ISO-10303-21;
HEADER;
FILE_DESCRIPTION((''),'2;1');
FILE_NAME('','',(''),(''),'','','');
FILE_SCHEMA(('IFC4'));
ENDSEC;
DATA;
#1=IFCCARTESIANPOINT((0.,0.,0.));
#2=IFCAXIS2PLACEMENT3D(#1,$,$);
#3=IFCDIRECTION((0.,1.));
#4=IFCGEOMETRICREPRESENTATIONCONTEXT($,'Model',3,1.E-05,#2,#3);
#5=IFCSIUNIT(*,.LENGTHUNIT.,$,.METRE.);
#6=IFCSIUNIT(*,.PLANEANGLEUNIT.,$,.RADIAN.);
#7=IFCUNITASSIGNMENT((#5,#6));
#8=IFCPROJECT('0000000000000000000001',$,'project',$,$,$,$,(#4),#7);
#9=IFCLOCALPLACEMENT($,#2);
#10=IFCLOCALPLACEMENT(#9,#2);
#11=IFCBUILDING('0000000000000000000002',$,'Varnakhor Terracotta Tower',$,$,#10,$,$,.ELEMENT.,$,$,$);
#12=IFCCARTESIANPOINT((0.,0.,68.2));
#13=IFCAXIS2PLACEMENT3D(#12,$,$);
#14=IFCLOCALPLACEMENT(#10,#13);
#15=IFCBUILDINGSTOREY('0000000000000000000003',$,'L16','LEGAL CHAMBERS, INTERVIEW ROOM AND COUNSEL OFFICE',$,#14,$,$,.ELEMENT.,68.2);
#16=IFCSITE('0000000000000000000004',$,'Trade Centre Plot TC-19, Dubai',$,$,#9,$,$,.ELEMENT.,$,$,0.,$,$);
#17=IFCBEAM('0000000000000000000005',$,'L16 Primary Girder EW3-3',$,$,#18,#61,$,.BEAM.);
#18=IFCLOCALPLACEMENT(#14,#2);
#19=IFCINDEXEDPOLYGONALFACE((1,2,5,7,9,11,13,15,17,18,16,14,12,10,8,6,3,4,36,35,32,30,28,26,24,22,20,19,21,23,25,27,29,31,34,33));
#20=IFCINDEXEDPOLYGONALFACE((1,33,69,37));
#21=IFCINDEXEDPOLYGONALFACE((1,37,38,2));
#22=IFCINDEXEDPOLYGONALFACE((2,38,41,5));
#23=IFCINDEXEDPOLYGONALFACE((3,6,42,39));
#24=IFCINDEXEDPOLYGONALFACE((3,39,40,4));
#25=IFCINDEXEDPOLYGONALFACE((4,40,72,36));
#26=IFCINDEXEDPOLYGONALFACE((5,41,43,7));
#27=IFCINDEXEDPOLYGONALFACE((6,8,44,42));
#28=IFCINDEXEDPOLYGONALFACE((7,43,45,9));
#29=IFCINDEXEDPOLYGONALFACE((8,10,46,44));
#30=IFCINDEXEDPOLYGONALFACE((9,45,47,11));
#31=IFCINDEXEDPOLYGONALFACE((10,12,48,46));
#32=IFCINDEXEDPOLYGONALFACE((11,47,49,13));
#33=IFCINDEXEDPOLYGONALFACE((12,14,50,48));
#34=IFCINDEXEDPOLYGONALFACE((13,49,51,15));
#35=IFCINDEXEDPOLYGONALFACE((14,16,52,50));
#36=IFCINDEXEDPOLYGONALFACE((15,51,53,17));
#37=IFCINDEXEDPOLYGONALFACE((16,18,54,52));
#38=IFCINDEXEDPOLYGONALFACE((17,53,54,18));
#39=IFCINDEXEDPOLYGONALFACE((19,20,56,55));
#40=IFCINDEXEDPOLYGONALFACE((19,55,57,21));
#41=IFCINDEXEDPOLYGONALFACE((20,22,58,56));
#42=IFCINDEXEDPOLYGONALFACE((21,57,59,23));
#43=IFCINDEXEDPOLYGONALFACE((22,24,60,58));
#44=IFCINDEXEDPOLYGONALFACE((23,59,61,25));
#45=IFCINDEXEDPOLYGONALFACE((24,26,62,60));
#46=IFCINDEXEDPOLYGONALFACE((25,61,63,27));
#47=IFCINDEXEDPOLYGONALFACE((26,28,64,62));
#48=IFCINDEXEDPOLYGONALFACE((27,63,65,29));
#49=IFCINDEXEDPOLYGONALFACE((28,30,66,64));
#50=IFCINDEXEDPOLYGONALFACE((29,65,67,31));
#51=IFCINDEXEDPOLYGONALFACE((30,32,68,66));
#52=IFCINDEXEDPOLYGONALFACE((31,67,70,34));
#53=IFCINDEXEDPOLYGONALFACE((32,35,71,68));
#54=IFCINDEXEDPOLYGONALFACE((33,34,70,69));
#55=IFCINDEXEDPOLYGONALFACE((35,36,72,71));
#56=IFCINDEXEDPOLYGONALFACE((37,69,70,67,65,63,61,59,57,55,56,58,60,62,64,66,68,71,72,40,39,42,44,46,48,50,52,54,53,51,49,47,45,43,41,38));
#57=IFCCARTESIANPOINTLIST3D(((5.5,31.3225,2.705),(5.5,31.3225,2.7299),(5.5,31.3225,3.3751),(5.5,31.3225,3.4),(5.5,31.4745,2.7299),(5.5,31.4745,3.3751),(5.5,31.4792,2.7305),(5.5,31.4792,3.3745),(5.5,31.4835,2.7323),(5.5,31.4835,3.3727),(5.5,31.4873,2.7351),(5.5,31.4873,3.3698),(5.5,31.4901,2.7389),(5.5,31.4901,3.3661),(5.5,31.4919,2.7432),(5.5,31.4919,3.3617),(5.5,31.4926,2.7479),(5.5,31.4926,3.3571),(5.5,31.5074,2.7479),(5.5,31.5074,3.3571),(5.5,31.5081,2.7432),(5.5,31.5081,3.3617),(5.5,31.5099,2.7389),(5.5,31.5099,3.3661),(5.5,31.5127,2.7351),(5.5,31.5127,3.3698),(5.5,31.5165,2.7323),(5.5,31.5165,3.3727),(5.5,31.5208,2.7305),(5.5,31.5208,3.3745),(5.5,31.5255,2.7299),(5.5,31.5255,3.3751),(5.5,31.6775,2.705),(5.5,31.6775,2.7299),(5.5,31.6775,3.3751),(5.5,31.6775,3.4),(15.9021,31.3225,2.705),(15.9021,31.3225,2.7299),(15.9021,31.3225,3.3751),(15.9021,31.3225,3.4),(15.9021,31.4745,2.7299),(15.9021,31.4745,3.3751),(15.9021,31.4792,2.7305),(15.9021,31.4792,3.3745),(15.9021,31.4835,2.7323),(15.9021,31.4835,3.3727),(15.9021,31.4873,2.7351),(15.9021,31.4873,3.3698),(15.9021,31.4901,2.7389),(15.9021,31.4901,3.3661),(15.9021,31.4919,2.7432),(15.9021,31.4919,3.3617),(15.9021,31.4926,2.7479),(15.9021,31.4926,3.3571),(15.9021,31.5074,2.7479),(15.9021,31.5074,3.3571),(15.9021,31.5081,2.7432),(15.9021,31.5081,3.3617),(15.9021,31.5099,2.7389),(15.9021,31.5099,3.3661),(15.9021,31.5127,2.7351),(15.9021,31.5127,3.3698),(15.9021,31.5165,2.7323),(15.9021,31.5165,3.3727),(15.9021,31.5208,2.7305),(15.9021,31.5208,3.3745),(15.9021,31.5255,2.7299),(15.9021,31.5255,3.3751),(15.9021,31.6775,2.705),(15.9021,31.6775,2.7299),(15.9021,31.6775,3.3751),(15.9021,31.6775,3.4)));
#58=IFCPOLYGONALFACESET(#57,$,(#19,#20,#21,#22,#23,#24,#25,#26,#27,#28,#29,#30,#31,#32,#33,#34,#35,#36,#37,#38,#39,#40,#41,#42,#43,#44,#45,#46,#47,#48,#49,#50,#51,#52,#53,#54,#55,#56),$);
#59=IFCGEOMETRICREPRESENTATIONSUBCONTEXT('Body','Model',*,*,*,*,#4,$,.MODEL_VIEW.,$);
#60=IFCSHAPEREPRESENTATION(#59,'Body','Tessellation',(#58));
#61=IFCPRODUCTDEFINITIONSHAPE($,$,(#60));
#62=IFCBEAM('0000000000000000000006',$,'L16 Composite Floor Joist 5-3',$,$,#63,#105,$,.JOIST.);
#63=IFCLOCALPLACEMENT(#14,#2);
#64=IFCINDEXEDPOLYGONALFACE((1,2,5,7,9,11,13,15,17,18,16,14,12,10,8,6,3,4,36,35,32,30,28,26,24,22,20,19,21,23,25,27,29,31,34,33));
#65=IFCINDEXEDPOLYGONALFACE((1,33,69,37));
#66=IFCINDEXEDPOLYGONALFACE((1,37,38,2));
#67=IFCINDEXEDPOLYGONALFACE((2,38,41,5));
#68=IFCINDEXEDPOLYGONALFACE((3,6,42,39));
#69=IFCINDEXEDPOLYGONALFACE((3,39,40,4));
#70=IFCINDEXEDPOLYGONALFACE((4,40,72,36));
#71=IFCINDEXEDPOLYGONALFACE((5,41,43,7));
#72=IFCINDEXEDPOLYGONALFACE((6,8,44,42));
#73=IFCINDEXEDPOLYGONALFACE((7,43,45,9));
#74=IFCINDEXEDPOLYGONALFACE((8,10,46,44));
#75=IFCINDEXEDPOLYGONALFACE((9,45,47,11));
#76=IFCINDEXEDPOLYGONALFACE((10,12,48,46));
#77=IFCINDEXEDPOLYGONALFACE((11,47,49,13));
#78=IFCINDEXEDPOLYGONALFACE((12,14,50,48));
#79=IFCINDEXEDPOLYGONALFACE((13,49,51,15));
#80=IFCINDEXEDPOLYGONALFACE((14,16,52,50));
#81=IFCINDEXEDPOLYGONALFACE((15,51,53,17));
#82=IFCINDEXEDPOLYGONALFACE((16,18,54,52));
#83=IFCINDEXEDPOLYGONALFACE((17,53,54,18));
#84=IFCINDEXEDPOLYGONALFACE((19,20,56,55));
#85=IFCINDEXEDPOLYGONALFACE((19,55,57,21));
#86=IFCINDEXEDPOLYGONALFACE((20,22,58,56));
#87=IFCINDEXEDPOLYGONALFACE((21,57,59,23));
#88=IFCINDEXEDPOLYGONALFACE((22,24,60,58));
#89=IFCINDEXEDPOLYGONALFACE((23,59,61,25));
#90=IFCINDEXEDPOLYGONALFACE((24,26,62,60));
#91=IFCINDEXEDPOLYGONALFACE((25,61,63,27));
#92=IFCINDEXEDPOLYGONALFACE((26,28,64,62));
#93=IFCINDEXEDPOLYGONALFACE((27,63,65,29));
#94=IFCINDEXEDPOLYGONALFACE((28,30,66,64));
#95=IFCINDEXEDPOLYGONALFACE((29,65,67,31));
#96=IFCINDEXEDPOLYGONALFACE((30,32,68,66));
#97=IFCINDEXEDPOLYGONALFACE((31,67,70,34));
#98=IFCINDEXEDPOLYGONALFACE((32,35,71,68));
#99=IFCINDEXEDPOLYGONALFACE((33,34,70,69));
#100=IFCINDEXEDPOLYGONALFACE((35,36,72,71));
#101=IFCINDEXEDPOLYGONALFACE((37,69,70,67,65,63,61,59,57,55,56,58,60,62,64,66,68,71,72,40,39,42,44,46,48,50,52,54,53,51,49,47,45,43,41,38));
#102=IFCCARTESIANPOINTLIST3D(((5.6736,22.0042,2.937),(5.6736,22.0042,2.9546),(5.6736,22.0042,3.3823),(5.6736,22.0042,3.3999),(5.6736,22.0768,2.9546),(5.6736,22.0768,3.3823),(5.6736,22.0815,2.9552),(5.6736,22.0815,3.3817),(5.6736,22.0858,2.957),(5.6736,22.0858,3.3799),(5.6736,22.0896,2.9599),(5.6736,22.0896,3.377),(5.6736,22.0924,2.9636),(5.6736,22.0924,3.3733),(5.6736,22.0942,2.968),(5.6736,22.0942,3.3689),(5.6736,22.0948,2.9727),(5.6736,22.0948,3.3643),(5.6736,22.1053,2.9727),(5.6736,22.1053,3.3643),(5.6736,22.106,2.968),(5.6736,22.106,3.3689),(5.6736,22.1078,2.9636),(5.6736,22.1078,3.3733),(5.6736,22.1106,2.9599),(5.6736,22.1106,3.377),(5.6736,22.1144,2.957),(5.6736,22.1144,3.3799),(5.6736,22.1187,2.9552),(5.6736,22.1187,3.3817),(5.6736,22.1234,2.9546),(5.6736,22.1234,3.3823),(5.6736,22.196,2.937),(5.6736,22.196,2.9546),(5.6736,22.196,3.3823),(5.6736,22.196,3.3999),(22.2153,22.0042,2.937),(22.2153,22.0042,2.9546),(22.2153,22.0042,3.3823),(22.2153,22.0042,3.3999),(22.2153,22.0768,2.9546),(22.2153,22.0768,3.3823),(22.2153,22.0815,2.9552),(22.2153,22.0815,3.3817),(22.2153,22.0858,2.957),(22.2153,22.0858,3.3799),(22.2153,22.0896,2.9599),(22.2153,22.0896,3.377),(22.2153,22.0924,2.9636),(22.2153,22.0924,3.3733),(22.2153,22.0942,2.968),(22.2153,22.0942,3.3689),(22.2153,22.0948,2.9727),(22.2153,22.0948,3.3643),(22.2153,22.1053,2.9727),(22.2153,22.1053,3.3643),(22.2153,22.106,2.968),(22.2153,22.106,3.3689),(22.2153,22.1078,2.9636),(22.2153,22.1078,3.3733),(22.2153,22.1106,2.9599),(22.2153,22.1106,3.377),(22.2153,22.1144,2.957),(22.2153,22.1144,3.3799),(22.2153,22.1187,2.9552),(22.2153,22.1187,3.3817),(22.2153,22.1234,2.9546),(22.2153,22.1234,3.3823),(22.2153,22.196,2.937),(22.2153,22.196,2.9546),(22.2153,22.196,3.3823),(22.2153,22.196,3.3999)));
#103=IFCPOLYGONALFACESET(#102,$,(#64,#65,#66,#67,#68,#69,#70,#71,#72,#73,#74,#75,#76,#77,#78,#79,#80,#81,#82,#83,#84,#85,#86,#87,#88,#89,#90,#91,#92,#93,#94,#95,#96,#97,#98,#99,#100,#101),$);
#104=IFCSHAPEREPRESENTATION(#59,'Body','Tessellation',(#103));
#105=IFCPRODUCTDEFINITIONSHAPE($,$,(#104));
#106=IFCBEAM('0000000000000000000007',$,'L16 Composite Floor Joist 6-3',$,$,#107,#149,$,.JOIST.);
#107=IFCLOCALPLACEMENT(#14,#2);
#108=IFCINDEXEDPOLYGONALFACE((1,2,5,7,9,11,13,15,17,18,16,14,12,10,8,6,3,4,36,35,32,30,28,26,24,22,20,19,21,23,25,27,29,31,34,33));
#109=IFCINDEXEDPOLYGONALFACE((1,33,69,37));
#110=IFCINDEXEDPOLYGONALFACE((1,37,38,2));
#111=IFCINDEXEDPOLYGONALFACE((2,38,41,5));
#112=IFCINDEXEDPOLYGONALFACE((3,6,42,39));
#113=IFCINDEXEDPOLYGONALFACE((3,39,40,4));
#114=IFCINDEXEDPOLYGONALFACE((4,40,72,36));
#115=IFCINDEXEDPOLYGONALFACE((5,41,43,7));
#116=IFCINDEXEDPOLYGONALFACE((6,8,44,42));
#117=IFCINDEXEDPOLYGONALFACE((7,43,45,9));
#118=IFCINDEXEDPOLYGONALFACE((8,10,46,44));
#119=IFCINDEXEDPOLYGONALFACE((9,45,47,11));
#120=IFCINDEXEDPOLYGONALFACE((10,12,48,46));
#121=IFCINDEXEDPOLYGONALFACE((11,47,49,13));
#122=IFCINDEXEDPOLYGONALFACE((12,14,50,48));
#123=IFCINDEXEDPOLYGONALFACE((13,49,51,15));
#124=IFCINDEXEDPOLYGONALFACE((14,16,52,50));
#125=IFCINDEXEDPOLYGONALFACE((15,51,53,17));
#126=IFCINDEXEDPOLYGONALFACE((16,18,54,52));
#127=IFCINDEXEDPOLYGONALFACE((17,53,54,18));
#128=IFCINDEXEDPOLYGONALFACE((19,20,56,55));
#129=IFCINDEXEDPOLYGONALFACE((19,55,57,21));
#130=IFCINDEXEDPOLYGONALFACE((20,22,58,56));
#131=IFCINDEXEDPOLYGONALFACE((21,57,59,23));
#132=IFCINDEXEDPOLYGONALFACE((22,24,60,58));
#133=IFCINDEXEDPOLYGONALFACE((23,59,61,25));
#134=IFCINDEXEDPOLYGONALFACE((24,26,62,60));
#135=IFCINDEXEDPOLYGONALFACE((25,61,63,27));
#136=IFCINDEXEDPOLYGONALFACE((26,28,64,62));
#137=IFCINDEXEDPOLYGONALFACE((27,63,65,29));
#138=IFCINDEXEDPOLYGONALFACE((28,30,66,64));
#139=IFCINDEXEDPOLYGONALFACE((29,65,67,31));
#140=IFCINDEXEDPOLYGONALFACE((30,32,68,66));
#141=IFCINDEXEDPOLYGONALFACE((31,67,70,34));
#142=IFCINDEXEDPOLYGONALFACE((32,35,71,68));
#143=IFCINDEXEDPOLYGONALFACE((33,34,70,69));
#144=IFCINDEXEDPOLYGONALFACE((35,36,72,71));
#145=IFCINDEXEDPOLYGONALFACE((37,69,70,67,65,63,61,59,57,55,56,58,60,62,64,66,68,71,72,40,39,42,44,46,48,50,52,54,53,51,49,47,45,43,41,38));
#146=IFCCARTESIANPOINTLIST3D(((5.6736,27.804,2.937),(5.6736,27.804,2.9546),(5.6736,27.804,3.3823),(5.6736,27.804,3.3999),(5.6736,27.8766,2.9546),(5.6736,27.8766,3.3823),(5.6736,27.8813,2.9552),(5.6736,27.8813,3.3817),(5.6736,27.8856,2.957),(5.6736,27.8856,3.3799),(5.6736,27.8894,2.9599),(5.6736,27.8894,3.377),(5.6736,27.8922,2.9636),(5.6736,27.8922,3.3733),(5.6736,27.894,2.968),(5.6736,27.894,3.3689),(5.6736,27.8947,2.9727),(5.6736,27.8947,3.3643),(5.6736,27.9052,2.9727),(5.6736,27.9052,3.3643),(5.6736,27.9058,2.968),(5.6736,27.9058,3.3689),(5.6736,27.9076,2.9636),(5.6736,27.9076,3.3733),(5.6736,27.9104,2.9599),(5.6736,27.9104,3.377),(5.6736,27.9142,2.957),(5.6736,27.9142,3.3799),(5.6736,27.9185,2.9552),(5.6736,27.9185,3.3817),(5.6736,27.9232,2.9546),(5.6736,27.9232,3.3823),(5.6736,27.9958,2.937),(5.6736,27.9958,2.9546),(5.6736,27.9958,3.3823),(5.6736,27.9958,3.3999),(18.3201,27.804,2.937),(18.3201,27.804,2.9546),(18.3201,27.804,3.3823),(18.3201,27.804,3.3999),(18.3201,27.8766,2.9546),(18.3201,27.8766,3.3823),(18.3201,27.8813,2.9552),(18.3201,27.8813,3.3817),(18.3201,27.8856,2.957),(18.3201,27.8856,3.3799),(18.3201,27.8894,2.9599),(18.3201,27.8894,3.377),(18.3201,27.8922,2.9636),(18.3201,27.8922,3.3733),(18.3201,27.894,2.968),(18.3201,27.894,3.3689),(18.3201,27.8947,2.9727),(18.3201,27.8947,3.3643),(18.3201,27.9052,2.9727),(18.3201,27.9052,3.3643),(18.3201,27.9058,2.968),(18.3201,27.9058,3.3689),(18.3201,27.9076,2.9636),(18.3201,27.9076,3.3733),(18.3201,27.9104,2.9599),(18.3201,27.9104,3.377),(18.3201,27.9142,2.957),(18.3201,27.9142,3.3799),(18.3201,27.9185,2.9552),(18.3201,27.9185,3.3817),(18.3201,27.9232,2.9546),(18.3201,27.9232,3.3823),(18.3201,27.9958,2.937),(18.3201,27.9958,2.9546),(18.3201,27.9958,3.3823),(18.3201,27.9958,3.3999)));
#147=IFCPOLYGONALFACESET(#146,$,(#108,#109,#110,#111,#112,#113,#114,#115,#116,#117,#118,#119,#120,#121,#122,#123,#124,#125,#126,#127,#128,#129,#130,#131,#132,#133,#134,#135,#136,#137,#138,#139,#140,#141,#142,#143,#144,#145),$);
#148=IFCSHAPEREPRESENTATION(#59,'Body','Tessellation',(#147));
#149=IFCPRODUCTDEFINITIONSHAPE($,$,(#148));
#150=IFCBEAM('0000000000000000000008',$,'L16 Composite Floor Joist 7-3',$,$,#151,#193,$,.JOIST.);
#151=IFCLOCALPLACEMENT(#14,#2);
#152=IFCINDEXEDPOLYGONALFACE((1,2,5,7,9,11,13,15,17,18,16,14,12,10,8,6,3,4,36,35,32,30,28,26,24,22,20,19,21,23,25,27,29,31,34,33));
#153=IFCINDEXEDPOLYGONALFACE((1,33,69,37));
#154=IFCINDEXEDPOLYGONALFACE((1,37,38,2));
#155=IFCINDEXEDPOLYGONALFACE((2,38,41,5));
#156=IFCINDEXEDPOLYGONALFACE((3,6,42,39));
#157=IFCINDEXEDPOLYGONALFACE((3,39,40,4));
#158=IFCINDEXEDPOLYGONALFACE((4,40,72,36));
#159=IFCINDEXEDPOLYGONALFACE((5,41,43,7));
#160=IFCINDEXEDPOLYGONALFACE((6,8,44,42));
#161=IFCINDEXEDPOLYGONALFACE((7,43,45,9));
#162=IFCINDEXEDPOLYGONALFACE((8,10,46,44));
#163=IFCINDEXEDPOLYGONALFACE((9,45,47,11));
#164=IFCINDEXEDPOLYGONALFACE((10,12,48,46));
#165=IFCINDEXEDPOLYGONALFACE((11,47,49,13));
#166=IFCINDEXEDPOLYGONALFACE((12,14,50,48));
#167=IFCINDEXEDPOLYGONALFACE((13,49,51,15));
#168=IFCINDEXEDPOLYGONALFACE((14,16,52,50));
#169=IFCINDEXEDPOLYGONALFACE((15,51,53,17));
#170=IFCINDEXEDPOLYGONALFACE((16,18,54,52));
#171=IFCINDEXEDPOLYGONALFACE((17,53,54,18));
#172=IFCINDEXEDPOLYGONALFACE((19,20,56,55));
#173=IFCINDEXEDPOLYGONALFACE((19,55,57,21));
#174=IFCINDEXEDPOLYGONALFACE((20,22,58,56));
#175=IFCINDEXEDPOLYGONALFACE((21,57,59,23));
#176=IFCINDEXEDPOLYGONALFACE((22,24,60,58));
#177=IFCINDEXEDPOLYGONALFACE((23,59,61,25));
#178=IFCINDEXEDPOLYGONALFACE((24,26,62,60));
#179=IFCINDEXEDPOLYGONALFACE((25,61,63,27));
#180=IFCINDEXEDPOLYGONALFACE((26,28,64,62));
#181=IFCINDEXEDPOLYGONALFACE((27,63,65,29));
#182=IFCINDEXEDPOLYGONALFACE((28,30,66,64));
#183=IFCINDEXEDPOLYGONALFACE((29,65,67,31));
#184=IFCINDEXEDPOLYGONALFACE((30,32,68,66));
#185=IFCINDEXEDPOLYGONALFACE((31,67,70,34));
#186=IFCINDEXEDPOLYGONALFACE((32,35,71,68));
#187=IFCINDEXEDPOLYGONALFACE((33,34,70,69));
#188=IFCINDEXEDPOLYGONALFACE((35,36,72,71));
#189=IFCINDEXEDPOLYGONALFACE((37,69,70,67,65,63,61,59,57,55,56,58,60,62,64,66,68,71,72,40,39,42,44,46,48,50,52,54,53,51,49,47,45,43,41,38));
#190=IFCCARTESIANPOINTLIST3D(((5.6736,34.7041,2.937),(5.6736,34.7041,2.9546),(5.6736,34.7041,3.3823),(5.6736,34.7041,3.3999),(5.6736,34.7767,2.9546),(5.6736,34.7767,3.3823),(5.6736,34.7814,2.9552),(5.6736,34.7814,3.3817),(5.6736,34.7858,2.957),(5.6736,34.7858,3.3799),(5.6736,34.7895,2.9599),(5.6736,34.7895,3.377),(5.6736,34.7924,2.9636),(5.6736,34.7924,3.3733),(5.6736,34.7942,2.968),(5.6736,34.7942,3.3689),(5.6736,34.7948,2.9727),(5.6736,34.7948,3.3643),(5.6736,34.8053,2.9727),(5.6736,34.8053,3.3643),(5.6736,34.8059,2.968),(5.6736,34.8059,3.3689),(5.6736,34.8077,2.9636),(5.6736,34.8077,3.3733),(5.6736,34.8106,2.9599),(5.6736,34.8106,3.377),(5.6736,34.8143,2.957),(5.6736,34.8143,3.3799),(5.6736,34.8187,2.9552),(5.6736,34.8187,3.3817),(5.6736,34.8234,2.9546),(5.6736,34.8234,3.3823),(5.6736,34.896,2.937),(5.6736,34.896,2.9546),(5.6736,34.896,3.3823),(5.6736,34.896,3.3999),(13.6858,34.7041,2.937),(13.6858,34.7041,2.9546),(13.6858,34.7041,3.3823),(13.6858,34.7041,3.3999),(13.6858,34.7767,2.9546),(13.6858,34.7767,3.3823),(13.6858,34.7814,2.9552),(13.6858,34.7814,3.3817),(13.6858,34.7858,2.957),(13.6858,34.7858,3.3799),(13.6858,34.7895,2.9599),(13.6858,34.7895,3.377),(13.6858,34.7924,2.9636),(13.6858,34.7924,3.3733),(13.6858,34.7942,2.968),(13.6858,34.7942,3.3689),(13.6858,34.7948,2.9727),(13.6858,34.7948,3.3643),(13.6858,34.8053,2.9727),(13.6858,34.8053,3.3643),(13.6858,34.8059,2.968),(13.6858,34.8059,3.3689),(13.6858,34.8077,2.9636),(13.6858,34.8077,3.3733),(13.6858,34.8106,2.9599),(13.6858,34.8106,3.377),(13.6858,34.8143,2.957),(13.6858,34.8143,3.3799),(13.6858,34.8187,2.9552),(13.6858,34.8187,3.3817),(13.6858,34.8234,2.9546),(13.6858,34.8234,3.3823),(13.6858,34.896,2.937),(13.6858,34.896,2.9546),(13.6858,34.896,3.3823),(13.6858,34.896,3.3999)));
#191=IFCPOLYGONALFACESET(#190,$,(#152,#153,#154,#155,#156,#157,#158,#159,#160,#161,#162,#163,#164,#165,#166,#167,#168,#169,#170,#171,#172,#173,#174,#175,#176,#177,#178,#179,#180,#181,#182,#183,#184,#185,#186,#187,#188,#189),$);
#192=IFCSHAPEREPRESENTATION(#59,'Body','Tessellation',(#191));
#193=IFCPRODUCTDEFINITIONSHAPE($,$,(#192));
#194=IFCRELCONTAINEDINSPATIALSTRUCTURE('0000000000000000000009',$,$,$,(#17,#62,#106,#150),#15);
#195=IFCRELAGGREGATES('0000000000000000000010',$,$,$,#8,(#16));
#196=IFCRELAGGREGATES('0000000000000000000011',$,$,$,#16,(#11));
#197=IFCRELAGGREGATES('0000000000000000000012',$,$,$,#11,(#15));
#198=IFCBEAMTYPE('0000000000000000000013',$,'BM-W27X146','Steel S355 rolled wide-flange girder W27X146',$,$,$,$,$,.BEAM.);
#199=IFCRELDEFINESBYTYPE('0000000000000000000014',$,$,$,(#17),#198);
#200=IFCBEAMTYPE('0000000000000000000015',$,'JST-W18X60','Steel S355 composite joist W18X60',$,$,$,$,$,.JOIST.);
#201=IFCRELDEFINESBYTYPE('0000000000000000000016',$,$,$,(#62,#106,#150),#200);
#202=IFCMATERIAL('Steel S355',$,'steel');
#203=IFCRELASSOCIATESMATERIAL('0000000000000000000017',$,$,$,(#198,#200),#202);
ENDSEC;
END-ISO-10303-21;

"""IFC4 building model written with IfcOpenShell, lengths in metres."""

from ifc_helpers import new_model, si_unit, direction, frame, origin, origin_2d, place, context, subcontext, project, spatial, i_section, extrude, source, transform, mapped, material, material_profile, profile_set, type_object, element, save


model = new_model("IFC4")

# Units and contexts
model_context = context("Model", 3, precision=1e-05, world=origin(), true_north=direction((0.0, 1.0)))
body_context = subcontext(model_context, "Body", "Model", "MODEL_VIEW")
ifc_project = project(units=[si_unit("LENGTHUNIT", "METRE"), si_unit("PLANEANGLEUNIT", "RADIAN")], contexts=[model_context])

# Site, building, storey
site_placement = place(None, origin())
site = spatial("IfcSite", under=ifc_project, at=site_placement, Name="Trade Centre Plot TC-19, Dubai", CompositionType="ELEMENT", RefElevation=0.0)
building_placement = place(site_placement, origin())
building = spatial("IfcBuilding", under=site, at=building_placement, Name="Varnakhor Terracotta Tower", CompositionType="ELEMENT")
storey_placement = place(building_placement, frame((0.0, 0.0, 68.2)))
storey = spatial("IfcBuildingStorey", under=building, at=storey_placement, Name="L16", Description="LEGAL CHAMBERS, INTERVIEW ROOM AND COUNSEL OFFICE", CompositionType="ELEMENT", Elevation=68.2)

# Beams
ifc_material_1 = material(Name="Steel S355", Category="steel")
ifc_material_profile_1 = material_profile(ifc_material_1, i_section(OverallWidth=0.355, OverallDepth=0.6951, WebThickness=0.0149, FlangeThickness=0.0249, FilletRadius=0.0181, at=origin_2d()), Name="W27X146")
ifc_profile_set_1 = profile_set([ifc_material_profile_1], Name="Steel S355")
beam_type_1 = type_object("IfcBeamType", Name="BM-W27X146", Description="Steel S355 rolled wide-flange girder W27X146", PredefinedType="BEAM", material=ifc_profile_set_1)
shared_shape_1 = source(origin(), body_context, "Body", "SweptSolid", [
    extrude(i_section(OverallWidth=0.355, OverallDepth=0.6951, WebThickness=0.0149, FlangeThickness=0.0249, FilletRadius=0.0181, at=origin_2d()), origin(), (0.0, 0.0, 1.0), 10.4021),
])
beam_1_placement = place(storey_placement, frame((5.5, 31.5, 3.0525), z_axis=(1.0, 0.0, 0.0), x_axis=(0.0, 1.0, 0.0)))
element("IfcBeam", 1, at=beam_1_placement, inside=storey, type_object=beam_type_1, Name="L16 Primary Girder EW3-3", PredefinedType="BEAM", context=body_context, shape_type="MappedRepresentation", body=[
    mapped(shared_shape_1, transform((0.0, 0.0, 0.0), scale=1.0)),
])
ifc_material_profile_2 = material_profile(ifc_material_1, i_section(OverallWidth=0.1919, OverallDepth=0.4629, WebThickness=0.0105, FlangeThickness=0.0176, FilletRadius=0.0181, at=origin_2d()), Name="W18X60")
ifc_profile_set_2 = profile_set([ifc_material_profile_2], Name="Steel S355")
beam_type_2 = type_object("IfcBeamType", Name="JST-W18X60", Description="Steel S355 composite joist W18X60", PredefinedType="JOIST", material=ifc_profile_set_2)
shared_shape_2 = source(origin(), body_context, "Body", "SweptSolid", [
    extrude(i_section(OverallWidth=0.1919, OverallDepth=0.4629, WebThickness=0.0105, FlangeThickness=0.0176, FilletRadius=0.0181, at=origin_2d()), origin(), (0.0, 0.0, 1.0), 16.5417),
])
beam_2_placement = place(storey_placement, frame((5.6736, 22.1001, 3.1685), z_axis=(1.0, 0.0, 0.0), x_axis=(0.0, 1.0, 0.0)))
element("IfcBeam", 2, at=beam_2_placement, inside=storey, type_object=beam_type_2, Name="L16 Composite Floor Joist 5-3", PredefinedType="JOIST", context=body_context, shape_type="MappedRepresentation", body=[
    mapped(shared_shape_2, transform((0.0, 0.0, 0.0), scale=1.0)),
])
shared_shape_3 = source(origin(), body_context, "Body", "SweptSolid", [
    extrude(i_section(OverallWidth=0.1919, OverallDepth=0.4629, WebThickness=0.0105, FlangeThickness=0.0176, FilletRadius=0.0181, at=origin_2d()), origin(), (0.0, 0.0, 1.0), 12.6465),
])
beam_3_placement = place(storey_placement, frame((5.6736, 27.8999, 3.1685), z_axis=(1.0, 0.0, 0.0), x_axis=(0.0, 1.0, 0.0)))
element("IfcBeam", 3, at=beam_3_placement, inside=storey, type_object=beam_type_2, Name="L16 Composite Floor Joist 6-3", PredefinedType="JOIST", context=body_context, shape_type="MappedRepresentation", body=[
    mapped(shared_shape_3, transform((0.0, 0.0, 0.0), scale=1.0)),
])
shared_shape_4 = source(origin(), body_context, "Body", "SweptSolid", [
    extrude(i_section(OverallWidth=0.1919, OverallDepth=0.4629, WebThickness=0.0105, FlangeThickness=0.0176, FilletRadius=0.0181, at=origin_2d()), origin(), (0.0, 0.0, 1.0), 8.0122),
])
beam_4_placement = place(storey_placement, frame((5.6736, 34.8, 3.1685), z_axis=(1.0, 0.0, 0.0), x_axis=(0.0, 1.0, 0.0)))
element("IfcBeam", 4, at=beam_4_placement, inside=storey, type_object=beam_type_2, Name="L16 Composite Floor Joist 7-3", PredefinedType="JOIST", context=body_context, shape_type="MappedRepresentation", body=[
    mapped(shared_shape_4, transform((0.0, 0.0, 0.0), scale=1.0)),
])

save(model, "model.ifc")
